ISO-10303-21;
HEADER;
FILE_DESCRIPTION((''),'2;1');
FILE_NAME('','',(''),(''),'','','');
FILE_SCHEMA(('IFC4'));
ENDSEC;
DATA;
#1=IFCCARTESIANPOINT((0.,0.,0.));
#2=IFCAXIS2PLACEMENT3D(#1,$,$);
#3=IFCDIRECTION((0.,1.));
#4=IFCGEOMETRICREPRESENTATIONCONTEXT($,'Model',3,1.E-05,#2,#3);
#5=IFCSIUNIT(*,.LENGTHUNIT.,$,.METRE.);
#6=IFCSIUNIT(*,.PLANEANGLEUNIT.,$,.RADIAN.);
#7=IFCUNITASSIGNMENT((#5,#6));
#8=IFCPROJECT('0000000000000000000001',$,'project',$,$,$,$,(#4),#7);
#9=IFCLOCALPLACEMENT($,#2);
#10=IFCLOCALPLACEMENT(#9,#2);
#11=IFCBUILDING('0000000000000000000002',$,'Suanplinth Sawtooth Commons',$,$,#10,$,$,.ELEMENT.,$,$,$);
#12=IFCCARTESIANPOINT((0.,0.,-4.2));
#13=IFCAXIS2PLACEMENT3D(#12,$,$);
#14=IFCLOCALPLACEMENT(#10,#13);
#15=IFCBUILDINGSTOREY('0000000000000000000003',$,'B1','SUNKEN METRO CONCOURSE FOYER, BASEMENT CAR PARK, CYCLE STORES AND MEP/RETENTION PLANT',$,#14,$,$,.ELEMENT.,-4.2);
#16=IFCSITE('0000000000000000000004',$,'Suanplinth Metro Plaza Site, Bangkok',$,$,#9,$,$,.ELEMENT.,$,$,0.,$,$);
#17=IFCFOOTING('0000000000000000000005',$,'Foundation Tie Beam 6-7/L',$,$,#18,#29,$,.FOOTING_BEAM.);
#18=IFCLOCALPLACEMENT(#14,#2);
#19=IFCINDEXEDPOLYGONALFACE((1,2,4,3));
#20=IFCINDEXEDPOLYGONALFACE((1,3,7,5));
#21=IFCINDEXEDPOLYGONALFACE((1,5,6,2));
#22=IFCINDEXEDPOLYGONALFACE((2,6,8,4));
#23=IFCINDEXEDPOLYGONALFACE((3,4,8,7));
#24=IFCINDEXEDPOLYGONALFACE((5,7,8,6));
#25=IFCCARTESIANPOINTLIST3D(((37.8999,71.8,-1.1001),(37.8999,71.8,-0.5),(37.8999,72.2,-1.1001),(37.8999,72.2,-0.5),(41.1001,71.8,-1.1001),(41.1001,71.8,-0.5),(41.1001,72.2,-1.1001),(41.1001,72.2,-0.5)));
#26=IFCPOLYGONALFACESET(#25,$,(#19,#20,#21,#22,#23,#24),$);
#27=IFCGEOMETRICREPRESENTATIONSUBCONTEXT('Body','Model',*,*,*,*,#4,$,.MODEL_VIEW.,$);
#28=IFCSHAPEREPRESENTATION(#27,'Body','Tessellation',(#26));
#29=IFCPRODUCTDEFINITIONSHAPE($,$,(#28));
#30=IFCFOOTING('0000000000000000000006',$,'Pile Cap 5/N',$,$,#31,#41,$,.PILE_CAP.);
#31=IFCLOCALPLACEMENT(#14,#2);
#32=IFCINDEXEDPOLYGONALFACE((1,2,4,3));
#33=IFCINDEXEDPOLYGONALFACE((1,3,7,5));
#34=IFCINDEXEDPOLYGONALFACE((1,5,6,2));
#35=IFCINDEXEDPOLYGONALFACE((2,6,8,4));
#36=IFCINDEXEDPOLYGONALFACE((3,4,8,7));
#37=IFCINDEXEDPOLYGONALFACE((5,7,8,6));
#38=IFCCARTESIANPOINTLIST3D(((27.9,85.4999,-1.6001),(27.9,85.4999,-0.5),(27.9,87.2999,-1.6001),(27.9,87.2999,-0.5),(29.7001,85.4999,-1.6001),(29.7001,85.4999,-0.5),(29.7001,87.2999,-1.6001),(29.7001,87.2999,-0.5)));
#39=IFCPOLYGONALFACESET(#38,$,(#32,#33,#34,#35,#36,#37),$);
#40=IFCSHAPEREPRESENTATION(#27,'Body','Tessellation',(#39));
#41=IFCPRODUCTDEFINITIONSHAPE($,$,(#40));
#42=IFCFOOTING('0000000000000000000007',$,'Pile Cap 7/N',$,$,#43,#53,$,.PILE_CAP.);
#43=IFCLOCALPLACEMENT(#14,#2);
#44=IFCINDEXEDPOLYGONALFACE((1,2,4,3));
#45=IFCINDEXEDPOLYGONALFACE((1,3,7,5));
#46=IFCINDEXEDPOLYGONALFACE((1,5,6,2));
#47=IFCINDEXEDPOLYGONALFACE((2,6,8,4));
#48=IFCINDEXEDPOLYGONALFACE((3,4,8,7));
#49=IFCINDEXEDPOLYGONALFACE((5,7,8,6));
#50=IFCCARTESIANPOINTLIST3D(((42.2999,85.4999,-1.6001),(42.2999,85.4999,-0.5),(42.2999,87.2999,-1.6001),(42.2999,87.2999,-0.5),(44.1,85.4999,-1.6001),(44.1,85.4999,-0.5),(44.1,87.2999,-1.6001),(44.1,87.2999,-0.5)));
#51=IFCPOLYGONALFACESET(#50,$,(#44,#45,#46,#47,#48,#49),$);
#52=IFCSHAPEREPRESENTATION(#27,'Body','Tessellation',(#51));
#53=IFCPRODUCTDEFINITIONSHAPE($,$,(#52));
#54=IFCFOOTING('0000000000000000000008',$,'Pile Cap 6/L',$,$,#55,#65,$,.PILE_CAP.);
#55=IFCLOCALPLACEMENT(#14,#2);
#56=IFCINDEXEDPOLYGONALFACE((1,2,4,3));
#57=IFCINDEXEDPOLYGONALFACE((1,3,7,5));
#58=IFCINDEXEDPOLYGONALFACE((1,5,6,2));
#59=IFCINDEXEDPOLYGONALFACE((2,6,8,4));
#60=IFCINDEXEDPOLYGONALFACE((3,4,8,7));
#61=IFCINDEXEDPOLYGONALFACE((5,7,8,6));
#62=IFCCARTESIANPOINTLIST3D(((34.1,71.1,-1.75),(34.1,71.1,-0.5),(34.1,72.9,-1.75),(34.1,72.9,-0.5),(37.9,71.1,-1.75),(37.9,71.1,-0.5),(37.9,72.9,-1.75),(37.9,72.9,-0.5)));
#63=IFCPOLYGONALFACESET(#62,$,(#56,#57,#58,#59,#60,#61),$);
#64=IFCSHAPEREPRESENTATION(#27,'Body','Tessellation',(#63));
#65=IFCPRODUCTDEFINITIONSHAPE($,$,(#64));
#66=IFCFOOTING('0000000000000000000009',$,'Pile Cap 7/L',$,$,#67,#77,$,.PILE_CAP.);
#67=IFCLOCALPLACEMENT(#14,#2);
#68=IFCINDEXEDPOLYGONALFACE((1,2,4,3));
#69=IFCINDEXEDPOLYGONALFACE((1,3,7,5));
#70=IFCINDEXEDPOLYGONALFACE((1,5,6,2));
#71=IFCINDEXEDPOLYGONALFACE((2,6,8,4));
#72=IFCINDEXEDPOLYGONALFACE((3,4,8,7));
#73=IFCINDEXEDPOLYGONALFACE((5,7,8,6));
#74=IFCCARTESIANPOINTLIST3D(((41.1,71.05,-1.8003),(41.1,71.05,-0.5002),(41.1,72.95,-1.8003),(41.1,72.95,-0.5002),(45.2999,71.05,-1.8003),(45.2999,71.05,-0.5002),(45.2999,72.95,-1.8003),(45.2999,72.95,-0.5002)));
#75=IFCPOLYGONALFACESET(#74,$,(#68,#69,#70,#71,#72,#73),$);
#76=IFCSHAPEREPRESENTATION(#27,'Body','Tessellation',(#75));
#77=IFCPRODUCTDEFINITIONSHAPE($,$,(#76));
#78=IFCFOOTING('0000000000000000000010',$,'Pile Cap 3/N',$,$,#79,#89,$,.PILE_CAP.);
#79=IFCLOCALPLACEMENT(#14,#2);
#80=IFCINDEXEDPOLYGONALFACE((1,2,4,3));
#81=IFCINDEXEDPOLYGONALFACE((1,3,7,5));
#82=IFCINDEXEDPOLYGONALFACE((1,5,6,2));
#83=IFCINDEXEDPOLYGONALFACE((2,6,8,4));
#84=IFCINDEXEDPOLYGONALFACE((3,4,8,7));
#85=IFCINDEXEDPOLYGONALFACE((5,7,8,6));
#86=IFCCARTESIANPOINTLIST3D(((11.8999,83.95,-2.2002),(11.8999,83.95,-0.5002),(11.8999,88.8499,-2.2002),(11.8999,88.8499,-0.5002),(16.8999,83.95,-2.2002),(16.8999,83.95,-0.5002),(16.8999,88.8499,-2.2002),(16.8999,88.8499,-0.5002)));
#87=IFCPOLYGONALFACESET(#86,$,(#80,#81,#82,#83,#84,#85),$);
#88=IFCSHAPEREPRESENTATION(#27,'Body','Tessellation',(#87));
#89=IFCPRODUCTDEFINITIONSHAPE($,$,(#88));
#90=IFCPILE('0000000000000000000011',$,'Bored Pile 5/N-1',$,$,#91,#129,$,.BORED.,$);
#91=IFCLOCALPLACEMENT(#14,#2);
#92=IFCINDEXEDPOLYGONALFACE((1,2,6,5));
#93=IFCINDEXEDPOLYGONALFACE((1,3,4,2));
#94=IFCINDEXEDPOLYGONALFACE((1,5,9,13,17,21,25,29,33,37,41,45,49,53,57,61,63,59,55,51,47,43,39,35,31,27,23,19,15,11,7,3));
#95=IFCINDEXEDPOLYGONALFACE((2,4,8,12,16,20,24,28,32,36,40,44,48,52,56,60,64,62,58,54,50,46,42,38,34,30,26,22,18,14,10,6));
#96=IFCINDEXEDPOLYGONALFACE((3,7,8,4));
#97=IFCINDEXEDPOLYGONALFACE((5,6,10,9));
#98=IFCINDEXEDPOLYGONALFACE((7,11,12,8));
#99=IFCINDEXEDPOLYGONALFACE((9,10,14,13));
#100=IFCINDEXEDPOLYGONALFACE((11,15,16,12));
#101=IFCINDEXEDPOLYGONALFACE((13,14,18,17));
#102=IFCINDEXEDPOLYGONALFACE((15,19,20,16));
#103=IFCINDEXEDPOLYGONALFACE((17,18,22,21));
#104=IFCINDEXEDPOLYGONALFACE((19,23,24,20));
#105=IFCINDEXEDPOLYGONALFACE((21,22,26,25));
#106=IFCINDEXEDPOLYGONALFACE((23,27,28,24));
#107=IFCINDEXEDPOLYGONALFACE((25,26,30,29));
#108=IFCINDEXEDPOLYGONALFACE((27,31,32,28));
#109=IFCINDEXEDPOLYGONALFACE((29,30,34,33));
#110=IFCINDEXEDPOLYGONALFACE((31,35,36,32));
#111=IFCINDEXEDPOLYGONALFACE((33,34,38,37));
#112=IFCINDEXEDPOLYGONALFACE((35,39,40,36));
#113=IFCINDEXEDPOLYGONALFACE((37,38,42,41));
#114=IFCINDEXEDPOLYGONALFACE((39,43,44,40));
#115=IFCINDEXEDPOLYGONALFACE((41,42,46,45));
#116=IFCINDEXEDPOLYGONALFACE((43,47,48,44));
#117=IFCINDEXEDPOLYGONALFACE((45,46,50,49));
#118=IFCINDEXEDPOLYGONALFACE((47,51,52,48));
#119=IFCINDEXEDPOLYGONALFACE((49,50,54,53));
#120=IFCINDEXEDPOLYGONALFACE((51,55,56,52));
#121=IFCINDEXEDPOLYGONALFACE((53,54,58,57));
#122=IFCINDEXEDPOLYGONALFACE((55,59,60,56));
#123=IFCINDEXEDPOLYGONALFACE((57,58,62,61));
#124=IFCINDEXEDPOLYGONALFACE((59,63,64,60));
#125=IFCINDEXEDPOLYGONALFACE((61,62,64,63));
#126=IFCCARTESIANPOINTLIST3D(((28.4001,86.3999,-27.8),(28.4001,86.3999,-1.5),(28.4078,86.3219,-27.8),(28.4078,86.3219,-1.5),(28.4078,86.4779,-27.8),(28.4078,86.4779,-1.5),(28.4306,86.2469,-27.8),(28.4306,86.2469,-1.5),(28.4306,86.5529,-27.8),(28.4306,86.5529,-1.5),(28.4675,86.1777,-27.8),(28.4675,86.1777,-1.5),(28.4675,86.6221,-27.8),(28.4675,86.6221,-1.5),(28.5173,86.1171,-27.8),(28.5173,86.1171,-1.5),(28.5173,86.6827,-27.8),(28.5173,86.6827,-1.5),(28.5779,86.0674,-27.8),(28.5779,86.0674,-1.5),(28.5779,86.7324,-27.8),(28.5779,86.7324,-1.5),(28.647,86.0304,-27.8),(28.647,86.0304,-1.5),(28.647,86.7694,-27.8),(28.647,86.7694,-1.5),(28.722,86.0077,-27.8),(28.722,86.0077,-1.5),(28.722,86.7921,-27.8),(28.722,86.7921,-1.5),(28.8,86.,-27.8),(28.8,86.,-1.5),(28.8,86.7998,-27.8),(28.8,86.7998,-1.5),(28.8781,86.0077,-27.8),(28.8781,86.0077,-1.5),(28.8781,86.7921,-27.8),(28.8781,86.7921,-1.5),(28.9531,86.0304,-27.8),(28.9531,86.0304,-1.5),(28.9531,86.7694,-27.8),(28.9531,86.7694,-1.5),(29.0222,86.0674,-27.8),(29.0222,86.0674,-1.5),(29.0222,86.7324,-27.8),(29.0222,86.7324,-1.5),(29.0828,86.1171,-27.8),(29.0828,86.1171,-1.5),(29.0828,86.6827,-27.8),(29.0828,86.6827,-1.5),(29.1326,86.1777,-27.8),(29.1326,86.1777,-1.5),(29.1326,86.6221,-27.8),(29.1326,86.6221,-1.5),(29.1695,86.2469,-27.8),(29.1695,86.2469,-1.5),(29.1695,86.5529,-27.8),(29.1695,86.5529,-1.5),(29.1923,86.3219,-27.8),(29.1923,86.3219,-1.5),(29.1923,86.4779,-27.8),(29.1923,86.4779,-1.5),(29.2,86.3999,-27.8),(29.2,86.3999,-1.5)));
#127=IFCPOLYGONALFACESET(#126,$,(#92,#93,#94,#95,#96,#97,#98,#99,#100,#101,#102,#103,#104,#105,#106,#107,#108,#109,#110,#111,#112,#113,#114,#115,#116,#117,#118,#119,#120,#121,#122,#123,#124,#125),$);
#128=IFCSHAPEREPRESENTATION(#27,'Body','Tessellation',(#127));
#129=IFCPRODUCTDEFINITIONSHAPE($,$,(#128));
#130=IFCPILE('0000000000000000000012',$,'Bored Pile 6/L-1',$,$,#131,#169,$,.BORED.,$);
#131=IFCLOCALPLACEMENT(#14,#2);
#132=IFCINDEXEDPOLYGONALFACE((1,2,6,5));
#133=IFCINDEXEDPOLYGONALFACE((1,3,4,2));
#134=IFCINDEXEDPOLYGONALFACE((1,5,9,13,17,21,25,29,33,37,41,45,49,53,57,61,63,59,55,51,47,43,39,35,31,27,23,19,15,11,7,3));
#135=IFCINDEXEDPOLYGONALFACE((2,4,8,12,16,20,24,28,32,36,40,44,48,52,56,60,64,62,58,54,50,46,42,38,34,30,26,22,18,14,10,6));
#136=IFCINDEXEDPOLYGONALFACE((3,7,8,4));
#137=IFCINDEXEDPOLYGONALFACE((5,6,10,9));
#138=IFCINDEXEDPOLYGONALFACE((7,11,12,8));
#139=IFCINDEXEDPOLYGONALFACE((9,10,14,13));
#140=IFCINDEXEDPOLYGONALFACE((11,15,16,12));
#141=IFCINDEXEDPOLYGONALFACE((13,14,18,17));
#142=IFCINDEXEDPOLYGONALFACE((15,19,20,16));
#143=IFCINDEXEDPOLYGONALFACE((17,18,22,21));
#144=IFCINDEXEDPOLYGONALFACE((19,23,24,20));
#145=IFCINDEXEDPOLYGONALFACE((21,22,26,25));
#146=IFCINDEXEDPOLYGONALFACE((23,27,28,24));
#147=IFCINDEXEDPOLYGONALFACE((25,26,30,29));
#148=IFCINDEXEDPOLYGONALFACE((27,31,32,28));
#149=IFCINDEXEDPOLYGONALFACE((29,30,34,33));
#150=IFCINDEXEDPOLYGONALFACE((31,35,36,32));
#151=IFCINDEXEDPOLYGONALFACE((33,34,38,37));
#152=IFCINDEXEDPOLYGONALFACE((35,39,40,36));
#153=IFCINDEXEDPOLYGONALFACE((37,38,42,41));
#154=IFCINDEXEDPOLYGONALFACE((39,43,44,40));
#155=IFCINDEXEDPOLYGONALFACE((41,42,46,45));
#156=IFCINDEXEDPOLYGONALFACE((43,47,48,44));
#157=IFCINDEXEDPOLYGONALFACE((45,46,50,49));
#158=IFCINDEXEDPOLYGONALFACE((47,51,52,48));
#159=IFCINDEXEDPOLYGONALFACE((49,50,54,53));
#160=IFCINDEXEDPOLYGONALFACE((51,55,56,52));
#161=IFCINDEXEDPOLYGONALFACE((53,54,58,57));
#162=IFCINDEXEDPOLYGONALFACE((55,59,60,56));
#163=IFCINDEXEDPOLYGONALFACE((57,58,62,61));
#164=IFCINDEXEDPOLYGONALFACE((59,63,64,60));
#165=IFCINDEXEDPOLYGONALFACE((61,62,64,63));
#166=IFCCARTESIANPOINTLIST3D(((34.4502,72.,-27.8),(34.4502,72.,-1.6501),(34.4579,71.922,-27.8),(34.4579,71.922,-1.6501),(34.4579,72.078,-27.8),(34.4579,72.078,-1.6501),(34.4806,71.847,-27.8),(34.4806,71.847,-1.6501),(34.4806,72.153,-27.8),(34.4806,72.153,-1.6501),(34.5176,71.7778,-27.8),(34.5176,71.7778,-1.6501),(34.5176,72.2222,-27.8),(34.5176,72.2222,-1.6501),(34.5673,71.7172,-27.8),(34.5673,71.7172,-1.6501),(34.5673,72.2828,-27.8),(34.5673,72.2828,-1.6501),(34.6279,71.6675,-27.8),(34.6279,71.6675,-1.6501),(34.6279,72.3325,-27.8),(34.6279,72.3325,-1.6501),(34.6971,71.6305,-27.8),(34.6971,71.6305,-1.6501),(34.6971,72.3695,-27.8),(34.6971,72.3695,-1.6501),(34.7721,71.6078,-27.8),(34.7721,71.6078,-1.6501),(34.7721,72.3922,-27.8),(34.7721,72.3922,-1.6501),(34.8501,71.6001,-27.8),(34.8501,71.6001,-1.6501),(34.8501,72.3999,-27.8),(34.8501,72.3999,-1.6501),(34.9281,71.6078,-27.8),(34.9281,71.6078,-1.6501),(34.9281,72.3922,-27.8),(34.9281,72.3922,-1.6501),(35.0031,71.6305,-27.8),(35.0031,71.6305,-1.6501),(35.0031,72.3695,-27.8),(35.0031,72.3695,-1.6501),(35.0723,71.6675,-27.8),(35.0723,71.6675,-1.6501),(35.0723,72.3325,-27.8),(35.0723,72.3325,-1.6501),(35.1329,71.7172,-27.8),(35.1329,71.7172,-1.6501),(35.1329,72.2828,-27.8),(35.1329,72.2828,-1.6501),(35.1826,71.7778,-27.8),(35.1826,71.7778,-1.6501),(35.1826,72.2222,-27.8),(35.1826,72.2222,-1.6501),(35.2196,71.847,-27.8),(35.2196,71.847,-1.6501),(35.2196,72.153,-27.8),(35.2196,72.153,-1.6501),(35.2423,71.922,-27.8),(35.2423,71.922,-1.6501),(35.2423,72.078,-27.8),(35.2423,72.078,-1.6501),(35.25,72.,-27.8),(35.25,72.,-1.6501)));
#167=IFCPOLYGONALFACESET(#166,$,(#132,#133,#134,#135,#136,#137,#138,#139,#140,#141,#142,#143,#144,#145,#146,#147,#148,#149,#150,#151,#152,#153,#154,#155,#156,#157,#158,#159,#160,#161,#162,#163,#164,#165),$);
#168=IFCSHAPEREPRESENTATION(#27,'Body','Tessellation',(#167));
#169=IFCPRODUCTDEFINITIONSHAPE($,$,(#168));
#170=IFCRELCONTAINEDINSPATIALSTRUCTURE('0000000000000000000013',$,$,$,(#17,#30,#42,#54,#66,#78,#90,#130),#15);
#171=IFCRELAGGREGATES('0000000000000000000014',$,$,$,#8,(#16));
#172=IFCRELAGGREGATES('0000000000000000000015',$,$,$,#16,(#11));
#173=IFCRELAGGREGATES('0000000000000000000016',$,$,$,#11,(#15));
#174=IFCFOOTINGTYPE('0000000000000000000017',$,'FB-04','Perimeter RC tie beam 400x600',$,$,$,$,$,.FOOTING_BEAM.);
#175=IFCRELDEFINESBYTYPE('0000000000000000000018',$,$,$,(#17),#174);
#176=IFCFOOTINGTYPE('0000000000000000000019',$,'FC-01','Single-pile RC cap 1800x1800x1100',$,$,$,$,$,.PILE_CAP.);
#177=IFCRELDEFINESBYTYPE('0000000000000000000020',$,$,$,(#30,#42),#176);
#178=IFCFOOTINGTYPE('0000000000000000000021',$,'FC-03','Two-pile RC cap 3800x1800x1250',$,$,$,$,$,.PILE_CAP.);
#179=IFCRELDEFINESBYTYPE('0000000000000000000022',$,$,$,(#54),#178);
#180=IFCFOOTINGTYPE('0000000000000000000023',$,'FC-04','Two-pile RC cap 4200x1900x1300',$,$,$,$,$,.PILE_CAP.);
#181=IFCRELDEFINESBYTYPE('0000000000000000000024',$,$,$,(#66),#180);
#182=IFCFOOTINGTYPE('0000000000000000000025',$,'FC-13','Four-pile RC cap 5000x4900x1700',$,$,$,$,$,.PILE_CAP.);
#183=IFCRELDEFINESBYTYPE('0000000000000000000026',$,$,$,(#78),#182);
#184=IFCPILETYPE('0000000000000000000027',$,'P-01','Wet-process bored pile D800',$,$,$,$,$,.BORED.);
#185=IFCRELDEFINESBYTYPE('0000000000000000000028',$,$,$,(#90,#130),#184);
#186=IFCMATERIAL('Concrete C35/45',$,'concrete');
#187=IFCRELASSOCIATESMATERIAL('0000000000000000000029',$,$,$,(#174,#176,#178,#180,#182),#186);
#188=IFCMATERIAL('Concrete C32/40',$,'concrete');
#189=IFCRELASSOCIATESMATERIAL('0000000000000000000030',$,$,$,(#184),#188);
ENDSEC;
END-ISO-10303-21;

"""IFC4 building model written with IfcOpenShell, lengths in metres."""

from ifc_helpers import new_model, si_unit, direction, frame, origin, origin_2d, place, context, subcontext, project, spatial, rectangle, circle, extrude, material, material_profile, profile_set, type_object, element, save


model = new_model("IFC4")

# Units and contexts
model_context = context("Model", 3, precision=1e-05, world=origin(), true_north=direction((0.0, 1.0)))
body_context = subcontext(model_context, "Body", "Model", "MODEL_VIEW")
ifc_project = project(units=[si_unit("LENGTHUNIT", "METRE"), si_unit("PLANEANGLEUNIT", "RADIAN")], contexts=[model_context])

# Site, building, storey
site_placement = place(None, origin())
site = spatial("IfcSite", under=ifc_project, at=site_placement, Name="Suanplinth Metro Plaza Site, Bangkok", CompositionType="ELEMENT", RefElevation=0.0)
building_placement = place(site_placement, origin())
building = spatial("IfcBuilding", under=site, at=building_placement, Name="Suanplinth Sawtooth Commons", CompositionType="ELEMENT")
storey_placement = place(building_placement, frame((0.0, 0.0, -4.2)))
storey = spatial("IfcBuildingStorey", under=building, at=storey_placement, Name="B1", Description="SUNKEN METRO CONCOURSE FOYER, BASEMENT CAR PARK, CYCLE STORES AND MEP/RETENTION PLANT", CompositionType="ELEMENT", Elevation=-4.2)

# Footings
ifc_material_1 = material(Name="Concrete C35/45", Category="concrete")
ifc_material_profile_1 = material_profile(ifc_material_1, rectangle(XDim=0.3999, YDim=0.6001, at=origin_2d()), Name="PC-GDR 400x600")
ifc_profile_set_1 = profile_set([ifc_material_profile_1], Name="Concrete C35/45")
footing_type_1 = type_object("IfcFootingType", Name="FB-04", Description="Perimeter RC tie beam 400x600", PredefinedType="FOOTING_BEAM", material=ifc_profile_set_1)
footing_1_placement = place(storey_placement, frame((37.8999, 72.0, -0.8), z_axis=(1.0, 0.0, 0.0), x_axis=(0.0, 1.0, 0.0)))
element("IfcFooting", 1, at=footing_1_placement, inside=storey, type_object=footing_type_1, Name="Foundation Tie Beam 6-7/L", PredefinedType="FOOTING_BEAM", context=body_context, shape_type="SweptSolid", body=[
    extrude(rectangle(XDim=0.3999, YDim=0.6001, at=origin_2d()), origin(), (0.0, 0.0, 1.0), 3.2002),
])
footing_type_2 = type_object("IfcFootingType", Name="FC-01", Description="Single-pile RC cap 1800x1800x1100", PredefinedType="PILE_CAP", material=ifc_material_1)
for number, where, z_axis, x_axis, name in (
    (2, (28.8, 86.3999, -1.6001), (0.0, 0.0, 1.0), (1.0, 0.0, 0.0), "Pile Cap 5/N"),
    (3, (43.2, 86.3999, -1.6001), (0.0, 0.0, 1.0), (1.0, 0.0, 0.0), "Pile Cap 7/N"),
):
    element("IfcFooting", number, at=place(storey_placement, frame(where, z_axis=z_axis, x_axis=x_axis)), inside=storey, type_object=footing_type_2, Name=name, PredefinedType="PILE_CAP", context=body_context, shape_type="SweptSolid", body=[
        extrude(rectangle(XDim=1.8, YDim=1.8, at=origin_2d()), origin(), (0.0, 0.0, 1.0), 1.1001),
    ])
footing_type_3 = type_object("IfcFootingType", Name="FC-03", Description="Two-pile RC cap 3800x1800x1250", PredefinedType="PILE_CAP", material=ifc_material_1)
footing_2_placement = place(storey_placement, frame((36.0, 72.0, -1.75), z_axis=(0.0, 0.0, 1.0), x_axis=(1.0, 0.0, 0.0)))
element("IfcFooting", 4, at=footing_2_placement, inside=storey, type_object=footing_type_3, Name="Pile Cap 6/L", PredefinedType="PILE_CAP", context=body_context, shape_type="SweptSolid", body=[
    extrude(rectangle(XDim=3.8, YDim=1.8, at=origin_2d()), origin(), (0.0, 0.0, 1.0), 1.25),
])
footing_type_4 = type_object("IfcFootingType", Name="FC-04", Description="Two-pile RC cap 4200x1900x1300", PredefinedType="PILE_CAP", material=ifc_material_1)
footing_3_placement = place(storey_placement, frame((43.2, 72.0, -1.8003), z_axis=(0.0, 0.0, 1.0), x_axis=(1.0, 0.0, 0.0)))
element("IfcFooting", 5, at=footing_3_placement, inside=storey, type_object=footing_type_4, Name="Pile Cap 7/L", PredefinedType="PILE_CAP", context=body_context, shape_type="SweptSolid", body=[
    extrude(rectangle(XDim=4.2, YDim=1.8999, at=origin_2d()), origin(), (0.0, 0.0, 1.0), 1.3),
])
footing_type_5 = type_object("IfcFootingType", Name="FC-13", Description="Four-pile RC cap 5000x4900x1700", PredefinedType="PILE_CAP", material=ifc_material_1)
footing_4_placement = place(storey_placement, frame((14.3999, 86.3999, -2.2002), z_axis=(0.0, 0.0, 1.0), x_axis=(1.0, 0.0, 0.0)))
element("IfcFooting", 6, at=footing_4_placement, inside=storey, type_object=footing_type_5, Name="Pile Cap 3/N", PredefinedType="PILE_CAP", context=body_context, shape_type="SweptSolid", body=[
    extrude(rectangle(XDim=5.0, YDim=4.8999, at=origin_2d()), origin(), (0.0, 0.0, 1.0), 1.7),
])

# Piles
ifc_material_2 = material(Name="Concrete C32/40", Category="concrete")
ifc_material_profile_2 = material_profile(ifc_material_2, circle(Radius=0.3999, at=origin_2d()), Name="PILE D800")
ifc_profile_set_2 = profile_set([ifc_material_profile_2], Name="Concrete C32/40")
pile_type_1 = type_object("IfcPileType", Name="P-01", Description="Wet-process bored pile D800", PredefinedType="BORED", material=ifc_profile_set_2)
pile_1_placement = place(storey_placement, frame((28.8, 86.3999, -1.5), z_axis=(0.0, 0.0, -1.0), x_axis=(1.0, 0.0, 0.0)))
element("IfcPile", 7, at=pile_1_placement, inside=storey, type_object=pile_type_1, Name="Bored Pile 5/N-1", PredefinedType="BORED", context=body_context, shape_type="SweptSolid", body=[
    extrude(circle(Radius=0.3999, at=origin_2d()), origin(), (0.0, 0.0, 1.0), 26.3),
])
for number, where, z_axis, x_axis, name in (
    (8, (34.8501, 72.0, -1.6501), (0.0, 0.0, -1.0), (1.0, 0.0, 0.0), "Bored Pile 6/L-1"),
):
    element("IfcPile", number, at=place(storey_placement, frame(where, z_axis=z_axis, x_axis=x_axis)), inside=storey, type_object=pile_type_1, Name=name, PredefinedType="BORED", context=body_context, shape_type="SweptSolid", body=[
        extrude(circle(Radius=0.3999, at=origin_2d()), origin(), (0.0, 0.0, 1.0), 26.1499),
    ])

save(model, "model.ifc")
